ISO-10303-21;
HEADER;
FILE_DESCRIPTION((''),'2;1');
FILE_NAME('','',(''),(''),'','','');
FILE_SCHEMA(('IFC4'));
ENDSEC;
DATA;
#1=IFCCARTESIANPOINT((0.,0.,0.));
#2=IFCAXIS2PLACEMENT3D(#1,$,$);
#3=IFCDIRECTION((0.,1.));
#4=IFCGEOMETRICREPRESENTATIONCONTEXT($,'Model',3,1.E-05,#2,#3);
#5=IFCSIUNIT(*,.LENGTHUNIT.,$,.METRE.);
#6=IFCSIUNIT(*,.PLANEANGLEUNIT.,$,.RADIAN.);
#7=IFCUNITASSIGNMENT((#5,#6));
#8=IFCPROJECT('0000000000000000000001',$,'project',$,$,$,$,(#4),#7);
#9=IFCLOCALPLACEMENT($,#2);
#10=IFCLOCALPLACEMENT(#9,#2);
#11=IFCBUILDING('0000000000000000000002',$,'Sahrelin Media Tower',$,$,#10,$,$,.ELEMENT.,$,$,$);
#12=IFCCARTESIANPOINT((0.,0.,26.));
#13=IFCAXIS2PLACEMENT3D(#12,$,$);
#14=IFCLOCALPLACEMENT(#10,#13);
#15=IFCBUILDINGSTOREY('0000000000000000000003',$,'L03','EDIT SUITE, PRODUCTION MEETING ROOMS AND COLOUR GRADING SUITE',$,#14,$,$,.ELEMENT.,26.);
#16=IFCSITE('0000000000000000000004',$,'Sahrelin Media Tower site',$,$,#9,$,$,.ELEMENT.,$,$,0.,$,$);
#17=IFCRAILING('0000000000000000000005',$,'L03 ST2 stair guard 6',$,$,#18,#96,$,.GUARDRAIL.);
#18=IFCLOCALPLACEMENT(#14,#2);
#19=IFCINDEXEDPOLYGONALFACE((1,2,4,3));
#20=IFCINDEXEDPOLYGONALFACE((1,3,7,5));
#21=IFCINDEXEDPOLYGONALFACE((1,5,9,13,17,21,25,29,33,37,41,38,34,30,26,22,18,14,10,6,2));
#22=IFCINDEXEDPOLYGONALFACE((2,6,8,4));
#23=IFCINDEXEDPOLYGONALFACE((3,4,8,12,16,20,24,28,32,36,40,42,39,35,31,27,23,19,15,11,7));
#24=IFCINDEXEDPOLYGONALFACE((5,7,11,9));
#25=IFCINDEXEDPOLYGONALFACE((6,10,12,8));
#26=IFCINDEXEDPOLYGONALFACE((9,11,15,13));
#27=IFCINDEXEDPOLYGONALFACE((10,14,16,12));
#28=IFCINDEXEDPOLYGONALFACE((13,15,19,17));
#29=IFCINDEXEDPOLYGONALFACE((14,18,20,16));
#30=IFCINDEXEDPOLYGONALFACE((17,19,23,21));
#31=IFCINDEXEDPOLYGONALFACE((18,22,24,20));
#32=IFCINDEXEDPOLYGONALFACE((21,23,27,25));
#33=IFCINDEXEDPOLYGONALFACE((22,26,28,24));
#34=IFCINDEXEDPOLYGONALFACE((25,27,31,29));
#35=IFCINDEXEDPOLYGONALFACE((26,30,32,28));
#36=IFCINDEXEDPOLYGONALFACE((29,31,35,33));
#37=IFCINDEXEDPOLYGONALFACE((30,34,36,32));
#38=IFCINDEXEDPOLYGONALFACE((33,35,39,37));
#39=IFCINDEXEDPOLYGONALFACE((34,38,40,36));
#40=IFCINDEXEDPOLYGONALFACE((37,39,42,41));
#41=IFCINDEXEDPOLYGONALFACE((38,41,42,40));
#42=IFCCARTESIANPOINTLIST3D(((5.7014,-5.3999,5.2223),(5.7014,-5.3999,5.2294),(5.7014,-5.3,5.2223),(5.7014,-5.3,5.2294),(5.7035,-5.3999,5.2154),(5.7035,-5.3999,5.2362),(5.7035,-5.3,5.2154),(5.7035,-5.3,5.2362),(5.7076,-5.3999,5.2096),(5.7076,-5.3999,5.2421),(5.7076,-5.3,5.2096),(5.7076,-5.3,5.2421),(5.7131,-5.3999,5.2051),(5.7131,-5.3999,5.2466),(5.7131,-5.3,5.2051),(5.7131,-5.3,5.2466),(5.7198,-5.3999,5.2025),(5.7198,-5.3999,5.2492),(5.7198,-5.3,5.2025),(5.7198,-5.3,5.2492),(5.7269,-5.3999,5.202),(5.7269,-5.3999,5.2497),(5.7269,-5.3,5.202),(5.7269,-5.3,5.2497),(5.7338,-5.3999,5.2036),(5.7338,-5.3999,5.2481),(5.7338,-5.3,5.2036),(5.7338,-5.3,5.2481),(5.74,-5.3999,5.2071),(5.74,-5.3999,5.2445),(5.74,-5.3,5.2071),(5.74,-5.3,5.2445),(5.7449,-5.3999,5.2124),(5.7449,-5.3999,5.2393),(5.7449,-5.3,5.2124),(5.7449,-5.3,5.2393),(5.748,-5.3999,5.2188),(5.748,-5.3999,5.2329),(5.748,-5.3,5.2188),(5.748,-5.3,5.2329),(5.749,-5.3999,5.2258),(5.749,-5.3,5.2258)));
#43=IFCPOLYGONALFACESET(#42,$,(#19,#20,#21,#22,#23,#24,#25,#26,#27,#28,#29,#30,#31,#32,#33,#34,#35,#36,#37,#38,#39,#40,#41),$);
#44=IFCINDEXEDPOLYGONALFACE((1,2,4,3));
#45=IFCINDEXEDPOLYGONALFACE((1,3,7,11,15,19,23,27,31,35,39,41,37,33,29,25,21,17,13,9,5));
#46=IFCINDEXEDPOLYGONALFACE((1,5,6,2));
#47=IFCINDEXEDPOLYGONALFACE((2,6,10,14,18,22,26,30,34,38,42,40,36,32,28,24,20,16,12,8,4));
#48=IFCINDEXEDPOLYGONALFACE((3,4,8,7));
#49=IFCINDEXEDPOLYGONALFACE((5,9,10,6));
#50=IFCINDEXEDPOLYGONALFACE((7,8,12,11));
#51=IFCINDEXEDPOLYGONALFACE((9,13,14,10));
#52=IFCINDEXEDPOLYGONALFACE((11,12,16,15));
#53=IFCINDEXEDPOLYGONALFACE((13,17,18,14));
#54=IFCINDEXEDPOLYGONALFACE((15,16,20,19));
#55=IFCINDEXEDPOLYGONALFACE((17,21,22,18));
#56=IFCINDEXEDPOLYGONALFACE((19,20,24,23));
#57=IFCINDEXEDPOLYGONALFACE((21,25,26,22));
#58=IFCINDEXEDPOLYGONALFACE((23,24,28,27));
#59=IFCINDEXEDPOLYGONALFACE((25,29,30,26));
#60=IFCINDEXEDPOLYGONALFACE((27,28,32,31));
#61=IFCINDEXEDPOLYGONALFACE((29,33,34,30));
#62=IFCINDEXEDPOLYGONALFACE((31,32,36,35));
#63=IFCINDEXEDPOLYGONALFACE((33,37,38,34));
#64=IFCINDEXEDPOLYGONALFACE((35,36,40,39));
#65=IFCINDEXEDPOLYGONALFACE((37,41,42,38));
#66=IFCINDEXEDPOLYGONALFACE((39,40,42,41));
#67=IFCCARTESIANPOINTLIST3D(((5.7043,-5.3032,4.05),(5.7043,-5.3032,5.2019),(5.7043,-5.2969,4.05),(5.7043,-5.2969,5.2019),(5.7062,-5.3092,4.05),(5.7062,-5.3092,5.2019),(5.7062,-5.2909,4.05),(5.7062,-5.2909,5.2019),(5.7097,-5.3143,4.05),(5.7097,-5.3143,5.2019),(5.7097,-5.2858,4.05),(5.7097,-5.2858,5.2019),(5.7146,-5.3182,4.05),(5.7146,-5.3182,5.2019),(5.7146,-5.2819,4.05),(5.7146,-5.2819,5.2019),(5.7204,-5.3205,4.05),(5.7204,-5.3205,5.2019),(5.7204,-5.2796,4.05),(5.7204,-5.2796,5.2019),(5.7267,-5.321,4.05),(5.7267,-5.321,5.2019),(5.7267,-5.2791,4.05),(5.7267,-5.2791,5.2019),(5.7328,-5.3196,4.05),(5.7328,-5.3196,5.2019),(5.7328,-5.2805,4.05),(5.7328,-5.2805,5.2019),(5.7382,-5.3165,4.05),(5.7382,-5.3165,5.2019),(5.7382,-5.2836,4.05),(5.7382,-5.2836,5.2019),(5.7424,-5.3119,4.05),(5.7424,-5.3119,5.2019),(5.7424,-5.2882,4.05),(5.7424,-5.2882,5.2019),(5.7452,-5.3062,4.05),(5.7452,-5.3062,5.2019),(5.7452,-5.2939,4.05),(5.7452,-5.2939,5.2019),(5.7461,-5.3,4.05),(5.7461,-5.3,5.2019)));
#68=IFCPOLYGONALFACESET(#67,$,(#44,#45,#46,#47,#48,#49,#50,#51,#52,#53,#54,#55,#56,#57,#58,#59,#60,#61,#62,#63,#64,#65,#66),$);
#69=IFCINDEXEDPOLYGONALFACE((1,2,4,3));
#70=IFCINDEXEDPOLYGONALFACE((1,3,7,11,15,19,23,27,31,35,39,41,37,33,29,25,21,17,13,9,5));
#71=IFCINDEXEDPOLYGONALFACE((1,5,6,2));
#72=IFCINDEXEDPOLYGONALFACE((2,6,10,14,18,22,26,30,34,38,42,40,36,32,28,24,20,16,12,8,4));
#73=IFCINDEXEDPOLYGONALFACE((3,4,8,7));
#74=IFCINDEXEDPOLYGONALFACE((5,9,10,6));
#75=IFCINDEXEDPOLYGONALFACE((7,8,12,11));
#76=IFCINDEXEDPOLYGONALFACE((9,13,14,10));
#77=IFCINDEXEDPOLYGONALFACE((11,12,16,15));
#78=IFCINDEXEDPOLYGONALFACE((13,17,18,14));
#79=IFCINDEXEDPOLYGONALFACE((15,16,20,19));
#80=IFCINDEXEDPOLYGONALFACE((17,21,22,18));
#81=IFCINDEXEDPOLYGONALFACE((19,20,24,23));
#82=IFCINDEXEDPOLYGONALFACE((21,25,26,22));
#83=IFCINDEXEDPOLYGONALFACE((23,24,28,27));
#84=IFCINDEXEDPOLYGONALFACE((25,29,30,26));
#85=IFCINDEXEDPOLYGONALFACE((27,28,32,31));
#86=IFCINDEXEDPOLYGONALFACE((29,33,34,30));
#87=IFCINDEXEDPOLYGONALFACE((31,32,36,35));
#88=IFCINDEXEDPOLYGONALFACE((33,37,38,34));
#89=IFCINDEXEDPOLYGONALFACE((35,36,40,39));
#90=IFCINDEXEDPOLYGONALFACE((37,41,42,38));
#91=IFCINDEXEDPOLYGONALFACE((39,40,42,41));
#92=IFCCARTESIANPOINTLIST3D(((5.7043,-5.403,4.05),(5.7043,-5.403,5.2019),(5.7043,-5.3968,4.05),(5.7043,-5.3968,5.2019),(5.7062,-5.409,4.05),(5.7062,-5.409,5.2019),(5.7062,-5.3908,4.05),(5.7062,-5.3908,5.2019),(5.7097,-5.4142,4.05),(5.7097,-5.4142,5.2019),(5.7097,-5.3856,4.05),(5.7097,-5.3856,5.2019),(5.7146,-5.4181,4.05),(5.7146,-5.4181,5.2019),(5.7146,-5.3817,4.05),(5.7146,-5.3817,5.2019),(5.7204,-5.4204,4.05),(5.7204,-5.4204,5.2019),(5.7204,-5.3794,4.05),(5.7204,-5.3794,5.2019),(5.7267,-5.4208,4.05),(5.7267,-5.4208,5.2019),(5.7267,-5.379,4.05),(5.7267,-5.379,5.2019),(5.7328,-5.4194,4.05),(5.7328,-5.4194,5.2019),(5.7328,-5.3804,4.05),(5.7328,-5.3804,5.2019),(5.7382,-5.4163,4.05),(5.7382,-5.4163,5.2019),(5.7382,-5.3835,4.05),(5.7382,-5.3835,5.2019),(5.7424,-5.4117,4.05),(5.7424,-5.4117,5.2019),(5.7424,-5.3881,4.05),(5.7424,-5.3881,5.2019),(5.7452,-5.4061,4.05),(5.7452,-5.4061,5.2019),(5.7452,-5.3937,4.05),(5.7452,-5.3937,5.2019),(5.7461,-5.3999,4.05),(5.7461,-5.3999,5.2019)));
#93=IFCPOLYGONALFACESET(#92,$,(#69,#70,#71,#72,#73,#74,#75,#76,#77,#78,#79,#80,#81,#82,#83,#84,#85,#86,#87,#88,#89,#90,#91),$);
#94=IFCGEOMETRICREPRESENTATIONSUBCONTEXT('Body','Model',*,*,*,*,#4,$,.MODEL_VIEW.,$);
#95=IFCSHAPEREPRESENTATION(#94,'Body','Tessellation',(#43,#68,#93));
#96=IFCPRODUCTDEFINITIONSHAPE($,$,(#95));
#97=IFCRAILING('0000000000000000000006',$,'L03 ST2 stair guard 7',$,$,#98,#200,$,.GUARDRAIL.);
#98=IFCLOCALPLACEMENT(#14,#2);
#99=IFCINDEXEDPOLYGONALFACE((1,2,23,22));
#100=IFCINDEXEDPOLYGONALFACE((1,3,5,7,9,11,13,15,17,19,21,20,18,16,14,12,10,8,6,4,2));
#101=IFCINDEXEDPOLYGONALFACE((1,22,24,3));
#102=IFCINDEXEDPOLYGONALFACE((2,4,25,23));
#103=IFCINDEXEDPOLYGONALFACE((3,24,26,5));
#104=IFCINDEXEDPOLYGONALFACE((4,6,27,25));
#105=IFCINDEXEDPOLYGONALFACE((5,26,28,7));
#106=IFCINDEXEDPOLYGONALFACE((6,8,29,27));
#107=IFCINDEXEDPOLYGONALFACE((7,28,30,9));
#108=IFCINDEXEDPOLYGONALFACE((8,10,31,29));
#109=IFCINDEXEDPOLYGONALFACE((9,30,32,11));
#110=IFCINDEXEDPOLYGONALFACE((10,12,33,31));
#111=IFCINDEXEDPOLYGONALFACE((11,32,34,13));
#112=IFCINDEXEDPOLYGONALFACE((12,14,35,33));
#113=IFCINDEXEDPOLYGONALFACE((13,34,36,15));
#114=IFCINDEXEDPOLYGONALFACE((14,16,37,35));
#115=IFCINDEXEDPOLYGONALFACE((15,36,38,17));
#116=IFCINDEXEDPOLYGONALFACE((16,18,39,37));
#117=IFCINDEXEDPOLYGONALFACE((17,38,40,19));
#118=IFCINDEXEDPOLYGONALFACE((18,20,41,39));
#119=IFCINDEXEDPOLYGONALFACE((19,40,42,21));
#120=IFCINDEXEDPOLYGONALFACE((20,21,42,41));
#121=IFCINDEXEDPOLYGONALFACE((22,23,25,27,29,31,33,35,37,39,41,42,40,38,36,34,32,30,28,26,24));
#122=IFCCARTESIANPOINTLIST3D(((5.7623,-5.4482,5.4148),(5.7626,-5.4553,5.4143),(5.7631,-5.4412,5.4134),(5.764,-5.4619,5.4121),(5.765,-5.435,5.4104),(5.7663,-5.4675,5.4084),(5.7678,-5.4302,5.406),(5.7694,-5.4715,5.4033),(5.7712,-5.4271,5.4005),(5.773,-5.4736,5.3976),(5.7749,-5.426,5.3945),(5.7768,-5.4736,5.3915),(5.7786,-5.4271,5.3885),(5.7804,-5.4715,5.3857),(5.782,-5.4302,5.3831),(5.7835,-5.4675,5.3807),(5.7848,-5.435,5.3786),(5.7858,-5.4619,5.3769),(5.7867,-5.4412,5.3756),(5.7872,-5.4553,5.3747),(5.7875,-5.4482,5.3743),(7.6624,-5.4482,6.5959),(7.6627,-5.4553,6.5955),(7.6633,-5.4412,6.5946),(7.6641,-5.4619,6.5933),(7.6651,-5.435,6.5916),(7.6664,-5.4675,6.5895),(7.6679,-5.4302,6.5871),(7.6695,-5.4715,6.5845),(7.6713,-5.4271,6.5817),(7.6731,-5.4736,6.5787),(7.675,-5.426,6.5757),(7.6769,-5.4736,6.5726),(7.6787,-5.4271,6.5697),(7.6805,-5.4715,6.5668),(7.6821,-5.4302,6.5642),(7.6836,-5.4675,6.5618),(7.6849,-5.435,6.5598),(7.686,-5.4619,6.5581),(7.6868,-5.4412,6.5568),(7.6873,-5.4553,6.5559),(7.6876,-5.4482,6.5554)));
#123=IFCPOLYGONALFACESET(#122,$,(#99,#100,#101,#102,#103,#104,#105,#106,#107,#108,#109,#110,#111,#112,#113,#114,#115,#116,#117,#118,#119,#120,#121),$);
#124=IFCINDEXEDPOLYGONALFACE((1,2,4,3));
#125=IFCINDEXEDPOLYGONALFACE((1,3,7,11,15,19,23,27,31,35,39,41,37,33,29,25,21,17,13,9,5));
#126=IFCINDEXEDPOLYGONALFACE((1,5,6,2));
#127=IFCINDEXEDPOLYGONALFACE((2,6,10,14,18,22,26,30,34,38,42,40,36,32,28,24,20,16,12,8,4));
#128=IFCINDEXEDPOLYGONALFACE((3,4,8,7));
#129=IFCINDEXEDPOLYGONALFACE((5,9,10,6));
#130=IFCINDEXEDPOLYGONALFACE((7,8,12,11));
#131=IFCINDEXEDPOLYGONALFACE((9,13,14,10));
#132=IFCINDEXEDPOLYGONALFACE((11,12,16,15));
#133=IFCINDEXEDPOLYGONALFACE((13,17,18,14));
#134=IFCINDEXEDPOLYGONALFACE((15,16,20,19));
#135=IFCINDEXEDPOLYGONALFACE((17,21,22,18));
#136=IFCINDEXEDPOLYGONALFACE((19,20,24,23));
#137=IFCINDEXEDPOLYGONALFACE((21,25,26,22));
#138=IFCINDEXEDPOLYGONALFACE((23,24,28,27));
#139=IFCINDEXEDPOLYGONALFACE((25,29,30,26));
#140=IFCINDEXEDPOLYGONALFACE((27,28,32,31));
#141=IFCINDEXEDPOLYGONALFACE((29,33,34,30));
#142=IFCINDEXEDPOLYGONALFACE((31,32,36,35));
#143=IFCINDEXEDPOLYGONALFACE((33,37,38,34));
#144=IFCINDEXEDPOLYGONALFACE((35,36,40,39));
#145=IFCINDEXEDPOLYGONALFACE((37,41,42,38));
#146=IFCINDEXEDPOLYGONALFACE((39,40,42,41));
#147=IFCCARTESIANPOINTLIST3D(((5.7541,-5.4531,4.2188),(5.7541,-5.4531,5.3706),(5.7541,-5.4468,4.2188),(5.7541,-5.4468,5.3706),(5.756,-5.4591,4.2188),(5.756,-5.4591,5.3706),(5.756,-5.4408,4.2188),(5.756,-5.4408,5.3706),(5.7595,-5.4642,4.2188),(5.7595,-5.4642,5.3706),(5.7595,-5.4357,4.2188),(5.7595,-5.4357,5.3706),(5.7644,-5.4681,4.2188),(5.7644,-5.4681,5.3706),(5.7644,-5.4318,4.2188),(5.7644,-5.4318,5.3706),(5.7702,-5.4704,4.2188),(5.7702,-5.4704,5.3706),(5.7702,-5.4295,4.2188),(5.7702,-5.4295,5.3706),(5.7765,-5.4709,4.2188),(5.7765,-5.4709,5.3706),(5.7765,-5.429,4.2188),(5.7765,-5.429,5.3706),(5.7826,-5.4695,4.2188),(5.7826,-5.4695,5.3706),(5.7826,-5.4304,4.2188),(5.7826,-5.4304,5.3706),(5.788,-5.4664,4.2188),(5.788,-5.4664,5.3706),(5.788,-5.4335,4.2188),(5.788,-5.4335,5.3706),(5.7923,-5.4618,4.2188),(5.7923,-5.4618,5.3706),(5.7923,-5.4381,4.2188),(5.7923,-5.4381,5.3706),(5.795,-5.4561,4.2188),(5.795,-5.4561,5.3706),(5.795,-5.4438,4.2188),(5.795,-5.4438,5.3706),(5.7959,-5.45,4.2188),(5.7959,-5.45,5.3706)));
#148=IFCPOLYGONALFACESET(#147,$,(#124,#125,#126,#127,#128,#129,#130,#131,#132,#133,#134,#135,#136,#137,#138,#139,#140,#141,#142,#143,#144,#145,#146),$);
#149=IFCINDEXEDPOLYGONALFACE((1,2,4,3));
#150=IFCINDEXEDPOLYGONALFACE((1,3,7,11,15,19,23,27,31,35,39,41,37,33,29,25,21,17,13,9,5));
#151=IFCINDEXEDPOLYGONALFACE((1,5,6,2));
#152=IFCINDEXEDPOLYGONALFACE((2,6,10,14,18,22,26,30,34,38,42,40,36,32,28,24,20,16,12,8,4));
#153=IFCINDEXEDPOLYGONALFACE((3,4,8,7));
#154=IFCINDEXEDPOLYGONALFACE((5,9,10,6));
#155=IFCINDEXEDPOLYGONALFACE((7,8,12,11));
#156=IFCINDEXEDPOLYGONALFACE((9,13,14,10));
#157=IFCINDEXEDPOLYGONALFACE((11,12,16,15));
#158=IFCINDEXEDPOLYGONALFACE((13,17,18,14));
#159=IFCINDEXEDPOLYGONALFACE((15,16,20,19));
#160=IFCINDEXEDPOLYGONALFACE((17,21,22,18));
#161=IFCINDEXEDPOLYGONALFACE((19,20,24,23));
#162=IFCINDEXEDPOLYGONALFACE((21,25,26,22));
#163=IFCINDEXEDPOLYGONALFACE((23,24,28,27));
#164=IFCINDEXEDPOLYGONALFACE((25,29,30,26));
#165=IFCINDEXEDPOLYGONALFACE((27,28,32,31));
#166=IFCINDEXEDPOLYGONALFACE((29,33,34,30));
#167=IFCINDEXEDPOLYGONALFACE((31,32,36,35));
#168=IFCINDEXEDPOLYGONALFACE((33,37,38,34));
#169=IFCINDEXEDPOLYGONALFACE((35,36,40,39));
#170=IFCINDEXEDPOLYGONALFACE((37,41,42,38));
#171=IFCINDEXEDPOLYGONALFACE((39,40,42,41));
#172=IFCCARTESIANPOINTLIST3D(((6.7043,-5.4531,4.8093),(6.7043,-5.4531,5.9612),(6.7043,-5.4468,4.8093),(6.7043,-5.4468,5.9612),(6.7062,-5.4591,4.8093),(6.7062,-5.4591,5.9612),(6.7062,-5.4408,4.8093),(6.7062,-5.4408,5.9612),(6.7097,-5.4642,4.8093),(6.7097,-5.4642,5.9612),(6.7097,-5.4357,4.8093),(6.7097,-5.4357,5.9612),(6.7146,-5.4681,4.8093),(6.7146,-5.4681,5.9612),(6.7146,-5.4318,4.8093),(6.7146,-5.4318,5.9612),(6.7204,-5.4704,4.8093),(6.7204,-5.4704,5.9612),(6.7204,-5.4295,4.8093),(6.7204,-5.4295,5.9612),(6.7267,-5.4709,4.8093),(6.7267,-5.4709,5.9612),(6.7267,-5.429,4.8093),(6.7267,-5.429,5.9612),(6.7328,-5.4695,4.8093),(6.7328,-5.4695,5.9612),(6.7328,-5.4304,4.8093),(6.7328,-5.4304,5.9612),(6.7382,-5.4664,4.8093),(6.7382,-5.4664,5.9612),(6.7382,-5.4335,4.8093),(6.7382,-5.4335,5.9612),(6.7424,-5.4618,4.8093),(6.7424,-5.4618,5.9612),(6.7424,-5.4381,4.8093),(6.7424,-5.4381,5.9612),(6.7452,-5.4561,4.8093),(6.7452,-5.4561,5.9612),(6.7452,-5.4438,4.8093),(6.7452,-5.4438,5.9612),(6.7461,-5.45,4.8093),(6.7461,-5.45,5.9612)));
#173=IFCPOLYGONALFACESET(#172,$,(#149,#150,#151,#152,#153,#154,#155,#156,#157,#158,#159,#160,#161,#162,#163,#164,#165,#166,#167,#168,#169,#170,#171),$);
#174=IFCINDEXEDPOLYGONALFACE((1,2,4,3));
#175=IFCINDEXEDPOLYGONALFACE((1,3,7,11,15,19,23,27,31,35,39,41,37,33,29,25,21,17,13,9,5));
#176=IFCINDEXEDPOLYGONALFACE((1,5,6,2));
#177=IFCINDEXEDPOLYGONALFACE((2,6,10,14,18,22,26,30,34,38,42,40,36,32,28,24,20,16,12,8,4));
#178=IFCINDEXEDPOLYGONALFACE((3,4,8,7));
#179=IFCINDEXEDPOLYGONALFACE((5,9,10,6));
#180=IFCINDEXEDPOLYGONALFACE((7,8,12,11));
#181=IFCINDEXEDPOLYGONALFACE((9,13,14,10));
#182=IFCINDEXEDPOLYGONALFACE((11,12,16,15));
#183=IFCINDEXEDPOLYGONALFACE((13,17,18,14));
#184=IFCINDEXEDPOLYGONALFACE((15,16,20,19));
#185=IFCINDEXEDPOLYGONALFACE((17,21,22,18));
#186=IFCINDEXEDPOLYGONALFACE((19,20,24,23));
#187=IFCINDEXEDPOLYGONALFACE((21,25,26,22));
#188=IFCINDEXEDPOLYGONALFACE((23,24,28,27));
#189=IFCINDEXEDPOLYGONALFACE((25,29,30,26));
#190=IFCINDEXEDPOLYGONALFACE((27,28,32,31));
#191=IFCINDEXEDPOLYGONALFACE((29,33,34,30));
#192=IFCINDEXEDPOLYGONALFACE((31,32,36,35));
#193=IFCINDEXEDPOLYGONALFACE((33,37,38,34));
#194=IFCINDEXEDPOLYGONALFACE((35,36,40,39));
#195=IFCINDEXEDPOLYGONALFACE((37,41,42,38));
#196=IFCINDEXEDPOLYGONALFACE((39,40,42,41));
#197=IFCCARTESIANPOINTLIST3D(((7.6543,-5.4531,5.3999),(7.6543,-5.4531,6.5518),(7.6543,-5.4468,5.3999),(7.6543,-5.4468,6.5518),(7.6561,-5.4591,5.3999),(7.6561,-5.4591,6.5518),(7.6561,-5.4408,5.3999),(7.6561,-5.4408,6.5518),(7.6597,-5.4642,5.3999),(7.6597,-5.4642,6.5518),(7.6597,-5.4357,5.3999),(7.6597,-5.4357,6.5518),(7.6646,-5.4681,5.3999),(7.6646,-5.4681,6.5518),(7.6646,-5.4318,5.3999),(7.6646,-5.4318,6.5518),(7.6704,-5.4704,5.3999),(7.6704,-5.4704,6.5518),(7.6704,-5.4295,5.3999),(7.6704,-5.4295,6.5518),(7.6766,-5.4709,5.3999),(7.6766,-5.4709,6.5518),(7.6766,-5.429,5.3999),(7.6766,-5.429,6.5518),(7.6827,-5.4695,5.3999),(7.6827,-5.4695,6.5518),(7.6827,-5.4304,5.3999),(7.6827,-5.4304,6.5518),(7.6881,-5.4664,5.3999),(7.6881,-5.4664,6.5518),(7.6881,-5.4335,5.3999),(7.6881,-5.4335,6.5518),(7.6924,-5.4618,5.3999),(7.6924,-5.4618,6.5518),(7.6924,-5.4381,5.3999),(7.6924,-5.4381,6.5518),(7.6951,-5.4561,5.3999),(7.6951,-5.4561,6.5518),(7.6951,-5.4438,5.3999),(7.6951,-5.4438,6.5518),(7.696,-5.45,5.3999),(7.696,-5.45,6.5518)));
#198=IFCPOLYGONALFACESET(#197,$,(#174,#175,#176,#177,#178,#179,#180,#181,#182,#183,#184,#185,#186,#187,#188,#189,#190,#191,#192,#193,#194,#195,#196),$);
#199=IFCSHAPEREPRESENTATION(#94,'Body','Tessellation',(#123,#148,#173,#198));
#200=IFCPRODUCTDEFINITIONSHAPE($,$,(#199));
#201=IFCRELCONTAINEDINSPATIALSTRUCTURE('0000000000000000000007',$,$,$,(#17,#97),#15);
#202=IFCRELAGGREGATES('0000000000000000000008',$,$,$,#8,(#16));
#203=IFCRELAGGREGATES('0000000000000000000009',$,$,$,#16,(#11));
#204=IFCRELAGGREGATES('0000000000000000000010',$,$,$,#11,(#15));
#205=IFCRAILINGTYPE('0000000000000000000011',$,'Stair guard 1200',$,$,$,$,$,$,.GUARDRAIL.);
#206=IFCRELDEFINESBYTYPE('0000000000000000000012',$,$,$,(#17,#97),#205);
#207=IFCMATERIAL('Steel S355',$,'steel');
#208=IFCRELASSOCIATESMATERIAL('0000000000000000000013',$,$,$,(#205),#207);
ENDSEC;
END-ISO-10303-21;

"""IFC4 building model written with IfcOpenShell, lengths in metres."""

from ifc_helpers import new_model, si_unit, direction, frame, origin, origin_2d, place, context, subcontext, project, spatial, circle, extrude, material, type_object, element, save


model = new_model("IFC4")

# Units and contexts
model_context = context("Model", 3, precision=1e-05, world=origin(), true_north=direction((0.0, 1.0)))
body_context = subcontext(model_context, "Body", "Model", "MODEL_VIEW")
ifc_project = project(units=[si_unit("LENGTHUNIT", "METRE"), si_unit("PLANEANGLEUNIT", "RADIAN")], contexts=[model_context])

# Site, building, storey
site_placement = place(None, origin())
site = spatial("IfcSite", under=ifc_project, at=site_placement, Name="Sahrelin Media Tower site", CompositionType="ELEMENT", RefElevation=0.0)
building_placement = place(site_placement, origin())
building = spatial("IfcBuilding", under=site, at=building_placement, Name="Sahrelin Media Tower", CompositionType="ELEMENT")
storey_placement = place(building_placement, frame((0.0, 0.0, 26.0)))
storey = spatial("IfcBuildingStorey", under=building, at=storey_placement, Name="L03", Description="EDIT SUITE, PRODUCTION MEETING ROOMS AND COLOUR GRADING SUITE", CompositionType="ELEMENT", Elevation=26.0)

# Shared definitions
ifc_material_1 = material(Name="Steel S355", Category="steel")

# Railings
railing_type_1 = type_object("IfcRailingType", Name="Stair guard 1200", PredefinedType="GUARDRAIL", material=ifc_material_1)
for number, where, name in (
    (1, (5.7251, -5.3, 4.05), "L03 ST2 stair guard 6"),
):
    element("IfcRailing", number, at=place(storey_placement, frame(where)), inside=storey, type_object=railing_type_1, Name=name, PredefinedType="GUARDRAIL", context=body_context, shape_type="SweptSolid", body=[
        extrude(circle(Radius=0.0239, at=origin_2d()), frame((0.0, 0.0, 1.1758), z_axis=(0.0, -1.0, 0.0), x_axis=(1.0, 0.0, 0.0)), (0.0, 0.0, 1.0), 0.0999),
        extrude(circle(Radius=0.021, at=origin_2d()), origin(), (0.0, 0.0, 1.0), 1.1519),
        extrude(circle(Radius=0.021, at=origin_2d()), frame((0.0, -0.0999, 0.0)), (0.0, 0.0, 1.0), 1.1519),
    ])
railing_1_placement = place(storey_placement, frame((5.7749, -5.45, 4.2188)))
element("IfcRailing", 2, at=railing_1_placement, inside=storey, type_object=railing_type_1, Name="L03 ST2 stair guard 7", PredefinedType="GUARDRAIL", context=body_context, shape_type="SweptSolid", body=[
    extrude(circle(Radius=0.0239, at=origin_2d()), frame((0.0, 0.0, 1.1758), z_axis=(0.849289, 0.0, 0.527928), x_axis=(0.0, 1.0, 0.0)), (0.0, 0.0, 1.0), 2.2373),
    extrude(circle(Radius=0.021, at=origin_2d()), origin(), (0.0, 0.0, 1.0), 1.1519),
    extrude(circle(Radius=0.021, at=origin_2d()), frame((0.9502, 0.0, 0.5906)), (0.0, 0.0, 1.0), 1.1519),
    extrude(circle(Radius=0.021, at=origin_2d()), frame((1.9001, 0.0, 1.1812)), (0.0, 0.0, 1.0), 1.1519),
])

save(model, "model.ifc")
